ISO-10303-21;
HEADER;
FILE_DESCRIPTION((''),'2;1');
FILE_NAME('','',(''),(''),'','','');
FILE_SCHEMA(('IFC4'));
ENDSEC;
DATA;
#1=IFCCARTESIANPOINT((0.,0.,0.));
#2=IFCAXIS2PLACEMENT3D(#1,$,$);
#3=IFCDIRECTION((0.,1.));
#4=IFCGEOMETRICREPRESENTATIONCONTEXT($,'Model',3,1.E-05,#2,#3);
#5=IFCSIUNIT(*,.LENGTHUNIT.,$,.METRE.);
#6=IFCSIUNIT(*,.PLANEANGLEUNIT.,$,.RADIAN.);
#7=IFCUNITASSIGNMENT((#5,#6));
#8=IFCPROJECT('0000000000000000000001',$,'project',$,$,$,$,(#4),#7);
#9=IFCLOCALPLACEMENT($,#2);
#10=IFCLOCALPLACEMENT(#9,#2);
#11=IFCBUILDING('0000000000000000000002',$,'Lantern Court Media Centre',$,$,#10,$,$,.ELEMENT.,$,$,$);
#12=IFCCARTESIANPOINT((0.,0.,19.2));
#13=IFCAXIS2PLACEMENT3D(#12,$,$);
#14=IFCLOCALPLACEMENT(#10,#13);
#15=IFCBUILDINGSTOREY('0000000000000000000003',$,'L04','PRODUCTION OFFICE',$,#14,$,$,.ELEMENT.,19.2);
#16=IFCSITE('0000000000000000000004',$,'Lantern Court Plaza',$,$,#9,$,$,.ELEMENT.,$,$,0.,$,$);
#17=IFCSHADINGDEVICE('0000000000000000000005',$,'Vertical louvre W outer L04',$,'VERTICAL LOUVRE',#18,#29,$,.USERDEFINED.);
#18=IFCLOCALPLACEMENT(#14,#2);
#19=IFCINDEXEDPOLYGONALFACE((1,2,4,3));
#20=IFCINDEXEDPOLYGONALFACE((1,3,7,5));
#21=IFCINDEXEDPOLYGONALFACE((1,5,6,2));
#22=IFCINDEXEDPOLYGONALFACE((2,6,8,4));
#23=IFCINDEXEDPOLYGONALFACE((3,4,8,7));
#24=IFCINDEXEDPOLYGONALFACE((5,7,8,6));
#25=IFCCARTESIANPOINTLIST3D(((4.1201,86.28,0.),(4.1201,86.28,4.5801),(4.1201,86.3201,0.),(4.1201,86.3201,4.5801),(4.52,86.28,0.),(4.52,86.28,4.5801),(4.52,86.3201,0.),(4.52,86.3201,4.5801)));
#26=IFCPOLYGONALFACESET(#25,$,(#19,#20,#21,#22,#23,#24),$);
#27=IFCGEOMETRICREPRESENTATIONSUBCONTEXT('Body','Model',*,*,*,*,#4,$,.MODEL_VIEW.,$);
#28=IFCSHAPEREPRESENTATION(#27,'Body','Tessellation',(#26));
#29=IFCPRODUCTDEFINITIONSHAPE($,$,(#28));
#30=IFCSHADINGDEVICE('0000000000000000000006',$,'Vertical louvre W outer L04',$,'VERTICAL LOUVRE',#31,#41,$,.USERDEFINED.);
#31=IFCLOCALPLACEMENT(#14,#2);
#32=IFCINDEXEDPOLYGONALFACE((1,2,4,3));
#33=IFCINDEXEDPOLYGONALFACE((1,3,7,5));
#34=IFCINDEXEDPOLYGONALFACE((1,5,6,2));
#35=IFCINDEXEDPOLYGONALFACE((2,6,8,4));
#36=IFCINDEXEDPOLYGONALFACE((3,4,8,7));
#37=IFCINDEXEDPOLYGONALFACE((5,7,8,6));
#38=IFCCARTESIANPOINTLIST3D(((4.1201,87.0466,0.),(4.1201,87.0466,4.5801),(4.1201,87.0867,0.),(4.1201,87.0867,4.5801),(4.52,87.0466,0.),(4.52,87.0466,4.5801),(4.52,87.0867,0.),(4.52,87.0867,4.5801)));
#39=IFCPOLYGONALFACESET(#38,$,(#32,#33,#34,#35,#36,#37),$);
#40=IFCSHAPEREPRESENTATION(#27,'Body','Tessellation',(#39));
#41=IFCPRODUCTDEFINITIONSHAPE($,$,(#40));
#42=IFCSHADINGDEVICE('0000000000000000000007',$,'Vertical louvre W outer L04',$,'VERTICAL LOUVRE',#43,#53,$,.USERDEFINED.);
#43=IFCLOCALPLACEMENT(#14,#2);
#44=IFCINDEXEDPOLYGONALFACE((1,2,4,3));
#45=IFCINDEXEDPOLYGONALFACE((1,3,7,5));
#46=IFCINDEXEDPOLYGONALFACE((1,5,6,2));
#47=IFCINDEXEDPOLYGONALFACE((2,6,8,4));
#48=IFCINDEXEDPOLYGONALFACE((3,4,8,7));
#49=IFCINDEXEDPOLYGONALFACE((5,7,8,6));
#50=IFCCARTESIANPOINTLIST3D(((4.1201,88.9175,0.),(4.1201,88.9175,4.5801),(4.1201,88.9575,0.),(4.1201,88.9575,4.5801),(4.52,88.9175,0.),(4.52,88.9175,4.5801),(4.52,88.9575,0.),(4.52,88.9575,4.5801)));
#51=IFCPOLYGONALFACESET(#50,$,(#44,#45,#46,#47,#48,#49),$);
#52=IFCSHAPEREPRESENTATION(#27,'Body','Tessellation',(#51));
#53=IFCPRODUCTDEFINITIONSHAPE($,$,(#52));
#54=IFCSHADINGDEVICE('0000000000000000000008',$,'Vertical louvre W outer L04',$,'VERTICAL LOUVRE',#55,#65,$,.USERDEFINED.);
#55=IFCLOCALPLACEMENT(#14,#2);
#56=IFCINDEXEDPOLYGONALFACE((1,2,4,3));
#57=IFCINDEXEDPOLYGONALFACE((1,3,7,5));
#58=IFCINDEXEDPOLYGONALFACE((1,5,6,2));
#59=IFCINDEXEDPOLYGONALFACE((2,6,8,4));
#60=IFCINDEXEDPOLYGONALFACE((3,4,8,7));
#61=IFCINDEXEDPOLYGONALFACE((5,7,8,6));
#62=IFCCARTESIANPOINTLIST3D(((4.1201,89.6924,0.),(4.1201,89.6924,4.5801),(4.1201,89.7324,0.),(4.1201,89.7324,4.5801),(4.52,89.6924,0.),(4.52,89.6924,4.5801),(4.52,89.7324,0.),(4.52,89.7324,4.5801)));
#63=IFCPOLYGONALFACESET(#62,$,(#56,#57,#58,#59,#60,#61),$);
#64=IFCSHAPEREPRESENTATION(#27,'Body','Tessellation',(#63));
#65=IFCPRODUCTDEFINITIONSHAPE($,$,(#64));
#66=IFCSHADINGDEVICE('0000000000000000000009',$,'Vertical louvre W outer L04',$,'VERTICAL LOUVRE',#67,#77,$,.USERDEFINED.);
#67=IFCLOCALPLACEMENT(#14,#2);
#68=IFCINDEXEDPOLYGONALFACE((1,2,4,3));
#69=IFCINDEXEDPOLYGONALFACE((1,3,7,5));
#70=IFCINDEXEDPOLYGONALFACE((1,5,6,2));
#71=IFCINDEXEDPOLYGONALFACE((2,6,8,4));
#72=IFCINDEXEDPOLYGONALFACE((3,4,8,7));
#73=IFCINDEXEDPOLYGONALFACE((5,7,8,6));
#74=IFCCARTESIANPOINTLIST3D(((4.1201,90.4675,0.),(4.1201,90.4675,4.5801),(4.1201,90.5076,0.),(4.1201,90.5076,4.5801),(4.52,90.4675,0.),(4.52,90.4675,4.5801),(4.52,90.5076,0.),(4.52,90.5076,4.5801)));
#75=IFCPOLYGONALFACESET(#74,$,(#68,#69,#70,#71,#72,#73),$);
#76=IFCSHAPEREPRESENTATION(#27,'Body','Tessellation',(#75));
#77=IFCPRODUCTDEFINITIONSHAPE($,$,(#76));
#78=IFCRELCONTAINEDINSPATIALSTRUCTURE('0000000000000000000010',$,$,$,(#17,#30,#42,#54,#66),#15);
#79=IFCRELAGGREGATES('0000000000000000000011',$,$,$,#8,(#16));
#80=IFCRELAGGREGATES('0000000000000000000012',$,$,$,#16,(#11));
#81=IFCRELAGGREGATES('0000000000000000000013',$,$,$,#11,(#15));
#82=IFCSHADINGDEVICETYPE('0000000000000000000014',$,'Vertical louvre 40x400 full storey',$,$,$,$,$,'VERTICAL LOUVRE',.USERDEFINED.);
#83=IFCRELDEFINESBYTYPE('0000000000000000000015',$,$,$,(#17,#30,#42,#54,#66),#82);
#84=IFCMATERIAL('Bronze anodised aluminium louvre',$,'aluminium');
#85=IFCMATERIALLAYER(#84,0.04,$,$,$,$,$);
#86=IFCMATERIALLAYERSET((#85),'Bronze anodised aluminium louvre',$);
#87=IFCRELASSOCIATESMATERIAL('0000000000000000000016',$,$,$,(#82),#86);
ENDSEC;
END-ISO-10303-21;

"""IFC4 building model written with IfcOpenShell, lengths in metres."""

from ifc_helpers import new_model, si_unit, direction, frame, origin, origin_2d, place, context, subcontext, project, spatial, rectangle, extrude, material, layer, layer_set, type_object, element, save


model = new_model("IFC4")

# Units and contexts
model_context = context("Model", 3, precision=1e-05, world=origin(), true_north=direction((0.0, 1.0)))
body_context = subcontext(model_context, "Body", "Model", "MODEL_VIEW")
ifc_project = project(units=[si_unit("LENGTHUNIT", "METRE"), si_unit("PLANEANGLEUNIT", "RADIAN")], contexts=[model_context])

# Site, building, storey
site_placement = place(None, origin())
site = spatial("IfcSite", under=ifc_project, at=site_placement, Name="Lantern Court Plaza", CompositionType="ELEMENT", RefElevation=0.0)
building_placement = place(site_placement, origin())
building = spatial("IfcBuilding", under=site, at=building_placement, Name="Lantern Court Media Centre", CompositionType="ELEMENT")
storey_placement = place(building_placement, frame((0.0, 0.0, 19.2)))
storey = spatial("IfcBuildingStorey", under=building, at=storey_placement, Name="L04", Description="PRODUCTION OFFICE", CompositionType="ELEMENT", Elevation=19.2)

# Shading devices
ifc_material_1 = material(Name="Bronze anodised aluminium louvre", Category="aluminium")
ifc_layer_1 = layer(ifc_material_1, 0.04)
ifc_layer_set_1 = layer_set([ifc_layer_1], Name="Bronze anodised aluminium louvre")
shading_device_type = type_object("IfcShadingDeviceType", Name="Vertical louvre 40x400 full storey", ElementType="VERTICAL LOUVRE", PredefinedType="USERDEFINED", material=ifc_layer_set_1)
for number, where, z_axis, x_axis, name in (
    (1, (4.3201, 86.3, 0.0), (0.0, 0.0, 1.0), (1.0, 0.0, 0.0), "Vertical louvre W outer L04"),
    (2, (4.3201, 87.0667, 0.0), (0.0, 0.0, 1.0), (1.0, 0.0, 0.0), "Vertical louvre W outer L04"),
    (3, (4.3201, 88.9375, 0.0), (0.0, 0.0, 1.0), (1.0, 0.0, 0.0), "Vertical louvre W outer L04"),
    (4, (4.3201, 89.7124, 0.0), (0.0, 0.0, 1.0), (1.0, 0.0, 0.0), "Vertical louvre W outer L04"),
    (5, (4.3201, 90.4875, 0.0), (0.0, 0.0, 1.0), (1.0, 0.0, 0.0), "Vertical louvre W outer L04"),
):
    element("IfcShadingDevice", number, at=place(storey_placement, frame(where, z_axis=z_axis, x_axis=x_axis)), inside=storey, type_object=shading_device_type, Name=name, ObjectType="VERTICAL LOUVRE", PredefinedType="USERDEFINED", context=body_context, shape_type="SweptSolid", body=[
        extrude(rectangle(XDim=0.3999, YDim=0.04, at=origin_2d()), origin(), (0.0, 0.0, 1.0), 4.5801),
    ])

save(model, "model.ifc")
